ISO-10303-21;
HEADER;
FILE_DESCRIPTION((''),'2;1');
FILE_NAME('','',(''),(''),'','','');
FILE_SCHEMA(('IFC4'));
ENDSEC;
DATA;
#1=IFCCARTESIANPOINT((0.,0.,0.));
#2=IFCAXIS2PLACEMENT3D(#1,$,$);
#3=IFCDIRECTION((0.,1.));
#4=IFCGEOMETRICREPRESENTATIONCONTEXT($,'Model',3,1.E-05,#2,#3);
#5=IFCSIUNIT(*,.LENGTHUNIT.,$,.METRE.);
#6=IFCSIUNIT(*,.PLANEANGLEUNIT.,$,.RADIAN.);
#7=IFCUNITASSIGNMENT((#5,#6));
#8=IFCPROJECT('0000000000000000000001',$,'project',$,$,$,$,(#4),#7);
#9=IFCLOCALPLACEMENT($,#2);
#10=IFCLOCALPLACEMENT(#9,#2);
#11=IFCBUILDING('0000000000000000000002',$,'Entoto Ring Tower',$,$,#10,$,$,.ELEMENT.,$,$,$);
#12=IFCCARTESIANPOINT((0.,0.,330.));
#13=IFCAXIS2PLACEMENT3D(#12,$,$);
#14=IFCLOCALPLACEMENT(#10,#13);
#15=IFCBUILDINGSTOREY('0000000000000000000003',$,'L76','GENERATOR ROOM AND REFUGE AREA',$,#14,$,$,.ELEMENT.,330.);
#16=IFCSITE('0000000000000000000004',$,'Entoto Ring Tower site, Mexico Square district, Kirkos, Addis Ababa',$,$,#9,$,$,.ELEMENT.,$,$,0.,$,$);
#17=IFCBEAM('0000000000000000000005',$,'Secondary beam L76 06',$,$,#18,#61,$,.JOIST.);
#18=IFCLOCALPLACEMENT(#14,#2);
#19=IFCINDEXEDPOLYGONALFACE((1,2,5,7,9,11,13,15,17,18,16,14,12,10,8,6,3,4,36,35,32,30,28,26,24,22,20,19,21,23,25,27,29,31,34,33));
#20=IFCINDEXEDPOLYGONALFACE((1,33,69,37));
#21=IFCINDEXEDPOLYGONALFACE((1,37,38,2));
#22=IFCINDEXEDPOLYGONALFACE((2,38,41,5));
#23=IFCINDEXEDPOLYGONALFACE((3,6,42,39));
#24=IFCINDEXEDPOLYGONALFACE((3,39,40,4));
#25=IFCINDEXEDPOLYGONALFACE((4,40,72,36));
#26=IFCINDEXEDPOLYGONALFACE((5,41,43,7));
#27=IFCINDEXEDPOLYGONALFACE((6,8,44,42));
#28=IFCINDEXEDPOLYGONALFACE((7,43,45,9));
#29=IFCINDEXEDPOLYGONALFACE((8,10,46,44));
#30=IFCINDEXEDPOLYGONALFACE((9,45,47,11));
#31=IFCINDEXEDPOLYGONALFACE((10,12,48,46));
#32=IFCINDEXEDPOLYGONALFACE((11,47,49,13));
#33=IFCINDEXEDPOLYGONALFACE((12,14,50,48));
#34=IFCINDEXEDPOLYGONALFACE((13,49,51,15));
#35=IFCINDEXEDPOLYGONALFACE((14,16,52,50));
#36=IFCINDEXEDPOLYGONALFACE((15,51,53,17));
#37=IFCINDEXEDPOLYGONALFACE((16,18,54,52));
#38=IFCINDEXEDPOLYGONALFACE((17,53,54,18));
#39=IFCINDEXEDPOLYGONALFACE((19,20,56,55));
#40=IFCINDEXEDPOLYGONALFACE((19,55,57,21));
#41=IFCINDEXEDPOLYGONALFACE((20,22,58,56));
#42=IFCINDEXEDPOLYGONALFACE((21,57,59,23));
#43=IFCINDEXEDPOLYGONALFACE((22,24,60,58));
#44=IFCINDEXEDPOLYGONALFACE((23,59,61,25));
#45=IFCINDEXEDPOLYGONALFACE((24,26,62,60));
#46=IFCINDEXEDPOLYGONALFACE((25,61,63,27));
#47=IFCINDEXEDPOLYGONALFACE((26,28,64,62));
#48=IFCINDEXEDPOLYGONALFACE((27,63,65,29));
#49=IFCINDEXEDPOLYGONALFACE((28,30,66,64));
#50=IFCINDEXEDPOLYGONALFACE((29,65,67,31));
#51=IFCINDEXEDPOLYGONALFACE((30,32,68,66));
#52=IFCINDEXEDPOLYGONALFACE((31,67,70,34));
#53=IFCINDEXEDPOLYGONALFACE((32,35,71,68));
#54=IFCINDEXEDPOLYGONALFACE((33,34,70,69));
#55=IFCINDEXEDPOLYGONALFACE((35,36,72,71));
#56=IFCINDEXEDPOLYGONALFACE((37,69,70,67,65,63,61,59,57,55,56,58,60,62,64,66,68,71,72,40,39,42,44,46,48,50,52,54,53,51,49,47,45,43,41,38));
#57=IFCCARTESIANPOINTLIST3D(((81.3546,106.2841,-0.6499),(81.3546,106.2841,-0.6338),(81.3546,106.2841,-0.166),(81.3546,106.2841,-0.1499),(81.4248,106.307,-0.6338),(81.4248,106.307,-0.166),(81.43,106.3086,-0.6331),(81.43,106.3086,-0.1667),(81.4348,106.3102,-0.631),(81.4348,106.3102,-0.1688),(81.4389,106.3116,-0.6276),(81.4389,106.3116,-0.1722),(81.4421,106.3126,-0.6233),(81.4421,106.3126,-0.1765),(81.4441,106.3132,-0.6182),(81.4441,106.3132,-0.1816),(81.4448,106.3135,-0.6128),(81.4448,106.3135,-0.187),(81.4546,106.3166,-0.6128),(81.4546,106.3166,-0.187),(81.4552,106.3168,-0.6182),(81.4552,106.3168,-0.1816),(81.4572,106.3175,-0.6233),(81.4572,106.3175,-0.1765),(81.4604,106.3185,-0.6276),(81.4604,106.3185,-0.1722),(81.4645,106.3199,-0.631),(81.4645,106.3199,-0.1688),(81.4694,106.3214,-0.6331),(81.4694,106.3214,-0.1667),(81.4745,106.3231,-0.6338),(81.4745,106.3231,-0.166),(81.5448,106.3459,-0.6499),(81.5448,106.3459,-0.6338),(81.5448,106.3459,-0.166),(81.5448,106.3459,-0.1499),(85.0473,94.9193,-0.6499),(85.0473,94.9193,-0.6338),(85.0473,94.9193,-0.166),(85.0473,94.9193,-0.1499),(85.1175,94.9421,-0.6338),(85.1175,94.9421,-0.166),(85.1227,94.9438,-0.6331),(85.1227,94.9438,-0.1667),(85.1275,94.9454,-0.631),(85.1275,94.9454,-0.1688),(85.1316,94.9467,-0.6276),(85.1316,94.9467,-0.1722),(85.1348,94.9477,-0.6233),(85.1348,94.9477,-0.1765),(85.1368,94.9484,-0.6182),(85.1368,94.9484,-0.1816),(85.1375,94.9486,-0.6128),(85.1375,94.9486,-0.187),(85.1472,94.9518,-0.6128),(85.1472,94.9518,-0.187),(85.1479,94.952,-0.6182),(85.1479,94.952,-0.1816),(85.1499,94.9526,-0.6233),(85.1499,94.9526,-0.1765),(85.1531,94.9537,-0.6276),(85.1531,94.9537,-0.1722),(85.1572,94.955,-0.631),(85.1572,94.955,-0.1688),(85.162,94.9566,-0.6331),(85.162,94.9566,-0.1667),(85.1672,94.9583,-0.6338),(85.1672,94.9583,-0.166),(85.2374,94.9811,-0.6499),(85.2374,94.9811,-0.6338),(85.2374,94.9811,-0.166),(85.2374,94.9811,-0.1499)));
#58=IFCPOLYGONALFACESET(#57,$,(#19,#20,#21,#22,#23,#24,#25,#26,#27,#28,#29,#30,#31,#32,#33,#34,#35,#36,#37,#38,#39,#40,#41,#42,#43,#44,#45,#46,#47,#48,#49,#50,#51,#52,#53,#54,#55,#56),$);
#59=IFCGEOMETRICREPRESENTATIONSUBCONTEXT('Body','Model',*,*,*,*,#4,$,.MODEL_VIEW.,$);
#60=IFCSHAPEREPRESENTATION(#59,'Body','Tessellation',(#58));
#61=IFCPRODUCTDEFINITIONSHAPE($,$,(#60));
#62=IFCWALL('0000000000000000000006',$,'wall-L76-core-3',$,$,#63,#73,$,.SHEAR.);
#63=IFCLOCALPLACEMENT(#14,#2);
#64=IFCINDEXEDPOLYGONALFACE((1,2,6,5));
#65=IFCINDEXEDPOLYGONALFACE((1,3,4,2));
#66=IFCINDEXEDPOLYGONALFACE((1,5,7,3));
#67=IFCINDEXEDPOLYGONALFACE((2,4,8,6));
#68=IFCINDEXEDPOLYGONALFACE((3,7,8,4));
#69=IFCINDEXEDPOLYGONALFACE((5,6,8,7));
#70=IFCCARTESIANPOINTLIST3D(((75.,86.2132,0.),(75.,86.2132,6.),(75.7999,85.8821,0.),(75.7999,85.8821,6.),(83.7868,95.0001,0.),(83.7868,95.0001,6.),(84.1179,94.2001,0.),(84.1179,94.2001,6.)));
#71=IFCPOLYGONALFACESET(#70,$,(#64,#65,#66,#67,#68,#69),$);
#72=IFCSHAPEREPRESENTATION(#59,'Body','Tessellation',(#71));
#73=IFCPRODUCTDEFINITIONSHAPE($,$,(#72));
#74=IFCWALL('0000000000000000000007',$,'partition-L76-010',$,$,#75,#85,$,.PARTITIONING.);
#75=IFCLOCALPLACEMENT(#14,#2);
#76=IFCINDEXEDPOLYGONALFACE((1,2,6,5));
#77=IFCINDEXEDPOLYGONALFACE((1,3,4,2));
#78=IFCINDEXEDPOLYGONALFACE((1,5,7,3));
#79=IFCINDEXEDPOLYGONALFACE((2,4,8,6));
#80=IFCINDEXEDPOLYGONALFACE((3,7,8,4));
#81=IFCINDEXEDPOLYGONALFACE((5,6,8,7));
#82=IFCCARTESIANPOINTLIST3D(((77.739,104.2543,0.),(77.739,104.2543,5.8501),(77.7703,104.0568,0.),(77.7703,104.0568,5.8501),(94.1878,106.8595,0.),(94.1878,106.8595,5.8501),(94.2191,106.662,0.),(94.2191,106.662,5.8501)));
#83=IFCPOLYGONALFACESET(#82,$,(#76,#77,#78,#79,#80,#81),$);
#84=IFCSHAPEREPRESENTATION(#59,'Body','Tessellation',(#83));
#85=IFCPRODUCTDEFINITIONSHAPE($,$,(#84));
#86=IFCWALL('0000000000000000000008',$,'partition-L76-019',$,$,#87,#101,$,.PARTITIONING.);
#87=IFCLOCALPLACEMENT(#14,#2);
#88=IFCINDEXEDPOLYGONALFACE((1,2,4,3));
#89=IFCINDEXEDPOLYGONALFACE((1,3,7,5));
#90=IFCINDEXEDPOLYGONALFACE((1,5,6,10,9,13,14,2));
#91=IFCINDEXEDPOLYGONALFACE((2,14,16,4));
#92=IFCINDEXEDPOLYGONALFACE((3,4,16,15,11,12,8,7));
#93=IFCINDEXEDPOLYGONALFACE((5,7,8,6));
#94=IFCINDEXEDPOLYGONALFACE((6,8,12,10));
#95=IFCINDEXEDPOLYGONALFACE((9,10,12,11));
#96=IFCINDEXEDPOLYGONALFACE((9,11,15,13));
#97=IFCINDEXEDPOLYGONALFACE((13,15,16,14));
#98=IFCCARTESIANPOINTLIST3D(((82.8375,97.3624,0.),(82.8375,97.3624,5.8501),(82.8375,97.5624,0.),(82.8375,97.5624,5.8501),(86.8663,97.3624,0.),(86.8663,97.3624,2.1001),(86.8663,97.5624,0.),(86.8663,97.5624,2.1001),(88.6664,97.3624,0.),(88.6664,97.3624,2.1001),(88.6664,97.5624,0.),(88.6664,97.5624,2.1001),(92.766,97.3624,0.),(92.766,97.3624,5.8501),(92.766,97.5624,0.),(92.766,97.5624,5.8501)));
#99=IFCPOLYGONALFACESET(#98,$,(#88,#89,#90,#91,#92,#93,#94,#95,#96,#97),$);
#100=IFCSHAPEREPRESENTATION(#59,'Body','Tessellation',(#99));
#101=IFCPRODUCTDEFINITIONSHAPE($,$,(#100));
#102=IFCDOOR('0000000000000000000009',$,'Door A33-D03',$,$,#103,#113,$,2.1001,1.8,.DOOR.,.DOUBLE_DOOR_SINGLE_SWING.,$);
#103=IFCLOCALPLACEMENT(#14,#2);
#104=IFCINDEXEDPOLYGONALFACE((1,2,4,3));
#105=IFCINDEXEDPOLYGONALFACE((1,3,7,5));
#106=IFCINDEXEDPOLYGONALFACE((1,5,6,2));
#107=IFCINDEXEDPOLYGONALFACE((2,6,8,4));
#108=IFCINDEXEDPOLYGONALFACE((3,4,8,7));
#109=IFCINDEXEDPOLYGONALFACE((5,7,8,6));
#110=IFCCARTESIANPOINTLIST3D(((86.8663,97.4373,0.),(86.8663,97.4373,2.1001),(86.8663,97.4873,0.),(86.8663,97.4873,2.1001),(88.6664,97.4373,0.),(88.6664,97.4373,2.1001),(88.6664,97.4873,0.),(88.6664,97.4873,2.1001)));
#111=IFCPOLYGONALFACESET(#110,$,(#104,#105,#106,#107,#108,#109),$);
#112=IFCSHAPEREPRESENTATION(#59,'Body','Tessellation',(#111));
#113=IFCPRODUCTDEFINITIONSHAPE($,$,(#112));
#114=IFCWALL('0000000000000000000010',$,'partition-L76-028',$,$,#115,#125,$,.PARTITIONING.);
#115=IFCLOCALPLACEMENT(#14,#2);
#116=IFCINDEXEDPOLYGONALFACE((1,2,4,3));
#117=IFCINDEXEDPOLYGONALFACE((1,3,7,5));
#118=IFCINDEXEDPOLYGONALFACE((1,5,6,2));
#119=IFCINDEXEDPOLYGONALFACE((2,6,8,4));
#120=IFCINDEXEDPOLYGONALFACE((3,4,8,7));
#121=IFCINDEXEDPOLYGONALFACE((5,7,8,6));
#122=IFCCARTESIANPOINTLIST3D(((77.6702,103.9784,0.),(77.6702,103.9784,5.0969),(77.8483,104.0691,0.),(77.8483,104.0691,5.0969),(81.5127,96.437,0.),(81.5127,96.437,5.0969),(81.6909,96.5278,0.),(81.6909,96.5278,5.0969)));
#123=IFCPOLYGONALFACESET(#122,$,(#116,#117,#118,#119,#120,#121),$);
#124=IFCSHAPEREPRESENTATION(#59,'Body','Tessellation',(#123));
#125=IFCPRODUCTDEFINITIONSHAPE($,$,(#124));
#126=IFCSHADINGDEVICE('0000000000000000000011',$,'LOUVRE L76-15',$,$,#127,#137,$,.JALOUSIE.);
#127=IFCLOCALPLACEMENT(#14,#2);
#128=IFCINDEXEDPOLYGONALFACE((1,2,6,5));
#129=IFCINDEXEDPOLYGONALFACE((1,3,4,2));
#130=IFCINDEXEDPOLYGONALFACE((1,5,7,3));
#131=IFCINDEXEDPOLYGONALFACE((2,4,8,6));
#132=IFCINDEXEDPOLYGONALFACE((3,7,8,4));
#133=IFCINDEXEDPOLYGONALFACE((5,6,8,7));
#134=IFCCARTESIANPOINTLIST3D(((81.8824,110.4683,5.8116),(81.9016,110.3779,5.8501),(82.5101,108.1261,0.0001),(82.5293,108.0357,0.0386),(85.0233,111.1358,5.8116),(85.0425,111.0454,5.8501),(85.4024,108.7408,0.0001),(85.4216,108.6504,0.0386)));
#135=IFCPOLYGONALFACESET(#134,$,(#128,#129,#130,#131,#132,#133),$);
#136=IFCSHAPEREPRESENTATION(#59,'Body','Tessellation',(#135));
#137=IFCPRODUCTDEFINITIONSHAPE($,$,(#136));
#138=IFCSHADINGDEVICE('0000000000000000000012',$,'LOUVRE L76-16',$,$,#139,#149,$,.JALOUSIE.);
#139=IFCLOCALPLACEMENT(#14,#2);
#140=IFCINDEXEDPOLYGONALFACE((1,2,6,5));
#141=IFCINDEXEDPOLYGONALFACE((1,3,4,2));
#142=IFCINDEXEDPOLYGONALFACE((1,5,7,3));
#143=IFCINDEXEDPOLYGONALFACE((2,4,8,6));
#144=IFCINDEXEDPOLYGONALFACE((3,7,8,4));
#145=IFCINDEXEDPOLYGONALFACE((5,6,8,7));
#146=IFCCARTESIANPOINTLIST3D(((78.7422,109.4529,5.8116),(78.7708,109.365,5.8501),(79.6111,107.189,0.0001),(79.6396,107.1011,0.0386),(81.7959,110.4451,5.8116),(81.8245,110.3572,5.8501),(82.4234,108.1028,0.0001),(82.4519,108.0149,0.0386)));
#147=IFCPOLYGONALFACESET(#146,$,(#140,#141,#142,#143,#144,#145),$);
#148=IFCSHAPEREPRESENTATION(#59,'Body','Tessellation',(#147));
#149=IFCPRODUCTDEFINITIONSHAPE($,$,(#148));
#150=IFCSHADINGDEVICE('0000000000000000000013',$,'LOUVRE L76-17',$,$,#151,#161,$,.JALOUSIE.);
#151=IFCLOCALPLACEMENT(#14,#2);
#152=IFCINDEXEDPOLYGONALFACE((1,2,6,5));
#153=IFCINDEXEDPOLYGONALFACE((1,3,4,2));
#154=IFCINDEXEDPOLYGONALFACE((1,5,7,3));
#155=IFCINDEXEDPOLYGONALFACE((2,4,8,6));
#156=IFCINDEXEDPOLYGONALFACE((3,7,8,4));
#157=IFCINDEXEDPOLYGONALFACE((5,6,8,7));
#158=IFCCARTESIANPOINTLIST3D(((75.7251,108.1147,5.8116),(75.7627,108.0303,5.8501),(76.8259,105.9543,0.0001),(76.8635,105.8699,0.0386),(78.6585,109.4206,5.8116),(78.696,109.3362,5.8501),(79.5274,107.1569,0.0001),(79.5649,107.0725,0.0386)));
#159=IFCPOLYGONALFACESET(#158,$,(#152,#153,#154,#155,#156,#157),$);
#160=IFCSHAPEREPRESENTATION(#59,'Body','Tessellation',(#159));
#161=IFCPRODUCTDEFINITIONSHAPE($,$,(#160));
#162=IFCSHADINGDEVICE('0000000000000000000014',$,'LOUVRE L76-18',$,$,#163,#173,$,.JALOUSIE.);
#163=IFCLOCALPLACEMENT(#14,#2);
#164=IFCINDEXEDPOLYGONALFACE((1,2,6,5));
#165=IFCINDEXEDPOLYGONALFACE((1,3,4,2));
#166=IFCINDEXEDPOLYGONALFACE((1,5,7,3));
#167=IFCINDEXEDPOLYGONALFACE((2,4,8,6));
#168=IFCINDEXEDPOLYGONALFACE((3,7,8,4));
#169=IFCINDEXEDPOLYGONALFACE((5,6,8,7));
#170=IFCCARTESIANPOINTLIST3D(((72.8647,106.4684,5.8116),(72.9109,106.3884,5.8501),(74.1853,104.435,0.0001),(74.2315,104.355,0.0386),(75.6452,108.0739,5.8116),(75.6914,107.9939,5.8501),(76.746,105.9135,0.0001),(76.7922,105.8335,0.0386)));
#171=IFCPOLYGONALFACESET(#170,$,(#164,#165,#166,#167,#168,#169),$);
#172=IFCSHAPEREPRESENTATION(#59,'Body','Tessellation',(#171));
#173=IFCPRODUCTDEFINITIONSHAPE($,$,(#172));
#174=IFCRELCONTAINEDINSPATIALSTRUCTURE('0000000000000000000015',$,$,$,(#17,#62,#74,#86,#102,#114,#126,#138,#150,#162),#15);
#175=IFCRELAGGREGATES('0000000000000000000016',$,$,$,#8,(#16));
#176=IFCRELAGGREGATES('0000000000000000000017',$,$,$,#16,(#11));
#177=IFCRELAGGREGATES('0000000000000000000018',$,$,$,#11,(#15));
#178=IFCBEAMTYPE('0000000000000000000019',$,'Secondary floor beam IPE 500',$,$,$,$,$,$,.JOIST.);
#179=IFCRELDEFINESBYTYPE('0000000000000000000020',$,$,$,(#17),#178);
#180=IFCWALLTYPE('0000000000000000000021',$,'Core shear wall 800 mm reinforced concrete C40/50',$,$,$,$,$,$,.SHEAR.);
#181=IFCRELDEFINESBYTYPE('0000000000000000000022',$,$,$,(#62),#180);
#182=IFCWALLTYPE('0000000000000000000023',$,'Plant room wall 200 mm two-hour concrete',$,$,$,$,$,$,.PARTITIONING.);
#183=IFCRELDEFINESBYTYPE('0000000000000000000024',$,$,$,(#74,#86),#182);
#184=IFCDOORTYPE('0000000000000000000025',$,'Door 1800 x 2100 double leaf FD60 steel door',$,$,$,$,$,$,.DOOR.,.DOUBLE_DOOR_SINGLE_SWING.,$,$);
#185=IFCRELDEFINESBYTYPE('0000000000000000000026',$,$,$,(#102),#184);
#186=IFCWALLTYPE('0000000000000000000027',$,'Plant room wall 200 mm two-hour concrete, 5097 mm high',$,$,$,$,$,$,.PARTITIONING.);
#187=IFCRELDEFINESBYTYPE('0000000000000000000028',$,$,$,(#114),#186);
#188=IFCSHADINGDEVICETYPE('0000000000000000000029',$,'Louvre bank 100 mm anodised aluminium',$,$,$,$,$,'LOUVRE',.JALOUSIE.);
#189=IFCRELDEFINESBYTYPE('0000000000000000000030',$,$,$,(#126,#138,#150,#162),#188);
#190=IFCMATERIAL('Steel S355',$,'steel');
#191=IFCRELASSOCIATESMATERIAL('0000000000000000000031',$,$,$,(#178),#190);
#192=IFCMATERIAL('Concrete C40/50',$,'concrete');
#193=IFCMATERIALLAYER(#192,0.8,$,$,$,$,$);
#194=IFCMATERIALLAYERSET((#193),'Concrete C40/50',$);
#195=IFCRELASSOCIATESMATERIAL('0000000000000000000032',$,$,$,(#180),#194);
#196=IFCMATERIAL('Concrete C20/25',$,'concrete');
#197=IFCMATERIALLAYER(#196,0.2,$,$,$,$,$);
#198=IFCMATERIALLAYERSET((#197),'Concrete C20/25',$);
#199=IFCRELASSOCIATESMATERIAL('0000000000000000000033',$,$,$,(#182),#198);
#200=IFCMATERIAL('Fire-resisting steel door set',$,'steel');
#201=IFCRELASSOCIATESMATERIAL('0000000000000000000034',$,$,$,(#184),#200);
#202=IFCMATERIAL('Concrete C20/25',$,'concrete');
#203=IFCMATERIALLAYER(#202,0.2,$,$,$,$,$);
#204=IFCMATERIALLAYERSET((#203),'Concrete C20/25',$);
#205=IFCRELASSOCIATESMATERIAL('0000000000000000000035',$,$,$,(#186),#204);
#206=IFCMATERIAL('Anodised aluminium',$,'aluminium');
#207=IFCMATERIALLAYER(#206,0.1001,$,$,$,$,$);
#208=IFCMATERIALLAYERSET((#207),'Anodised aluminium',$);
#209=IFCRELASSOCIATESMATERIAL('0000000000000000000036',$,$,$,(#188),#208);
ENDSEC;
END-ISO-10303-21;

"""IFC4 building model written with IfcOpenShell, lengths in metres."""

from ifc_helpers import new_model, si_unit, direction, frame, frame_2d, origin, origin_2d, place, context, subcontext, project, spatial, polyline, rectangle, i_section, outline, extrude, material, layer, layer_set, material_profile, profile_set, type_object, element, fill, save


model = new_model("IFC4")

# Units and contexts
model_context = context("Model", 3, precision=1e-05, world=origin(), true_north=direction((0.0, 1.0)))
body_context = subcontext(model_context, "Body", "Model", "MODEL_VIEW")
ifc_project = project(units=[si_unit("LENGTHUNIT", "METRE"), si_unit("PLANEANGLEUNIT", "RADIAN")], contexts=[model_context])

# Site, building, storey
site_placement = place(None, origin())
site = spatial("IfcSite", under=ifc_project, at=site_placement, Name="Entoto Ring Tower site, Mexico Square district, Kirkos, Addis Ababa", CompositionType="ELEMENT", RefElevation=0.0)
building_placement = place(site_placement, origin())
building = spatial("IfcBuilding", under=site, at=building_placement, Name="Entoto Ring Tower", CompositionType="ELEMENT")
storey_placement = place(building_placement, frame((0.0, 0.0, 330.0)))
storey = spatial("IfcBuildingStorey", under=building, at=storey_placement, Name="L76", Description="GENERATOR ROOM AND REFUGE AREA", CompositionType="ELEMENT", Elevation=330.0)

# Beam
ifc_material_1 = material(Name="Steel S355", Category="steel")
ifc_material_profile_1 = material_profile(ifc_material_1, i_section(OverallWidth=0.2, OverallDepth=0.5, WebThickness=0.0103, FlangeThickness=0.0161, FilletRadius=0.021, at=origin_2d()), Name="IPE 500")
ifc_profile_set_1 = profile_set([ifc_material_profile_1], Name="Steel S355")
beam_type_1 = type_object("IfcBeamType", Name="Secondary floor beam IPE 500", PredefinedType="JOIST", material=ifc_profile_set_1)
beam_1_placement = place(storey_placement, frame((85.1423, 94.9502, -0.3999), z_axis=(-0.309017, 0.951057, 0.0), x_axis=(-0.951057, -0.309017, 0.0)))
element("IfcBeam", 1, at=beam_1_placement, inside=storey, type_object=beam_type_1, Name="Secondary beam L76 06", PredefinedType="JOIST", context=body_context, shape_type="SweptSolid", body=[
    extrude(i_section(OverallWidth=0.2, OverallDepth=0.5, WebThickness=0.0103, FlangeThickness=0.0161, FilletRadius=0.021, at=origin_2d()), origin(), (0.0, 0.0, 1.0), 11.9497),
])

# Walls
ifc_material_2 = material(Name="Concrete C40/50", Category="concrete")
ifc_layer_1 = layer(ifc_material_2, 0.8)
ifc_layer_set_1 = layer_set([ifc_layer_1], Name="Concrete C40/50")
wall_type_1 = type_object("IfcWallType", Name="Core shear wall 800 mm reinforced concrete C40/50", PredefinedType="SHEAR", material=ifc_layer_set_1)
wall_1_placement = place(storey_placement, frame((83.9524, 94.6001, 0.0), z_axis=(0.0, 0.0, 1.0), x_axis=(-0.707107, -0.707107, 0.0)))
element("IfcWall", 2, at=wall_1_placement, inside=storey, type_object=wall_type_1, Name="wall-L76-core-3", PredefinedType="SHEAR", context=body_context, shape_type="SweptSolid", body=[
    extrude(outline(polyline([(-0.1658, -0.3999), (12.2607, -0.3999), (11.9292, 0.3999), (0.1658, 0.3999), (-0.1658, -0.3999)])), origin(), (0.0, 0.0, 1.0), 6.0),
])
ifc_material_3 = material(Name="Concrete C20/25", Category="concrete")
ifc_layer_2 = layer(ifc_material_3, 0.2)
ifc_layer_set_2 = layer_set([ifc_layer_2], Name="Concrete C20/25")
wall_type_2 = type_object("IfcWallType", Name="Plant room wall 200 mm two-hour concrete", PredefinedType="PARTITIONING", material=ifc_layer_set_2)
wall_2_placement = place(storey_placement, frame((77.7546, 104.1555, 0.0), z_axis=(0.0, 0.0, 1.0), x_axis=(0.987688, 0.156435, 0.0)))
element("IfcWall", 3, at=wall_2_placement, inside=storey, type_object=wall_type_2, Name="partition-L76-010", PredefinedType="PARTITIONING", context=body_context, shape_type="SweptSolid", body=[
    extrude(rectangle(XDim=16.6538, YDim=0.2, at=frame_2d((8.3269, 0.0))), origin(), (0.0, 0.0, 1.0), 5.8501),
])

# Wall, opening, door
wall_3_placement = place(storey_placement, frame((82.8374, 97.4624, 0.0), z_axis=(0.0, 0.0, 1.0), x_axis=(1.0, 0.0, 0.0)))
wall_3 = element("IfcWall", 4, at=wall_3_placement, inside=storey, type_object=wall_type_2, Name="partition-L76-019", PredefinedType="PARTITIONING", context=body_context, shape_type="SweptSolid", body=[
    extrude(rectangle(XDim=9.9285, YDim=0.2, at=frame_2d((4.9644, 0.0))), origin(), (0.0, 0.0, 1.0), 5.8501),
])
opening_placement = place(wall_3_placement, frame((4.0291, 0.0, 0.0)))
opening = element("IfcOpeningElement", 5, at=opening_placement, cuts=wall_3, PredefinedType="OPENING", context=body_context, shape_type="SweptSolid", body=[
    extrude(rectangle(XDim=1.8, YDim=2.1001, at=frame_2d((0.8999, 1.05))), frame((0.0, 0.1099, 0.0), z_axis=(0.0, -1.0, 0.0), x_axis=(1.0, 0.0, 0.0)), (0.0, 0.0, 1.0), 0.22),
])
ifc_material_4 = material(Name="Fire-resisting steel door set", Category="steel")
door_type = type_object("IfcDoorType", Name="Door 1800 x 2100 double leaf FD60 steel door", OperationType="DOUBLE_DOOR_SINGLE_SWING", PredefinedType="DOOR", material=ifc_material_4)
door_placement = place(opening_placement, origin())
door = element("IfcDoor", 6, at=door_placement, inside=storey, type_object=door_type, Name="Door A33-D03", OperationType="DOUBLE_DOOR_SINGLE_SWING", OverallHeight=2.1001, OverallWidth=1.8, PredefinedType="DOOR", context=body_context, shape_type="SweptSolid", body=[
    extrude(rectangle(XDim=1.8, YDim=2.1001, at=frame_2d((0.8999, 1.05))), frame((0.0, 0.0249, 0.0), z_axis=(0.0, -1.0, 0.0), x_axis=(1.0, 0.0, 0.0)), (0.0, 0.0, 1.0), 0.05),
])
fill(opening, door)

# Wall
ifc_material_5 = material(Name="Concrete C20/25", Category="concrete")
ifc_layer_3 = layer(ifc_material_5, 0.2)
ifc_layer_set_3 = layer_set([ifc_layer_3], Name="Concrete C20/25")
wall_type_3 = type_object("IfcWallType", Name="Plant room wall 200 mm two-hour concrete, 5097 mm high", PredefinedType="PARTITIONING", material=ifc_layer_set_3)
wall_4_placement = place(storey_placement, frame((81.6018, 96.4824, 0.0), z_axis=(0.0, 0.0, 1.0), x_axis=(-0.453997, 0.891003, 0.0)))
element("IfcWall", 7, at=wall_4_placement, inside=storey, type_object=wall_type_3, Name="partition-L76-028", PredefinedType="PARTITIONING", context=body_context, shape_type="SweptSolid", body=[
    extrude(rectangle(XDim=8.4639, YDim=0.2, at=frame_2d((4.2319, 0.0))), origin(), (0.0, 0.0, 1.0), 5.0969),
])

# Shading devices
ifc_material_6 = material(Name="Anodised aluminium", Category="aluminium")
ifc_layer_4 = layer(ifc_material_6, 0.1001)
ifc_layer_set_4 = layer_set([ifc_layer_4], Name="Anodised aluminium")
shading_device_type = type_object("IfcShadingDeviceType", Name="Louvre bank 100 mm anodised aluminium", ElementType="LOUVRE", PredefinedType="JALOUSIE", material=ifc_layer_set_4)
shading_device_1_placement = place(storey_placement, frame((85.4216, 108.6504, 0.0386), z_axis=(0.191893, -0.902906, 0.384628), x_axis=(-0.978153, -0.207887, -0.000005)))
element("IfcShadingDevice", 8, at=shading_device_1_placement, inside=storey, type_object=shading_device_type, Name="LOUVRE L76-15", PredefinedType="JALOUSIE", context=body_context, shape_type="SweptSolid", body=[
    extrude(outline(polyline([(0.0, 0.0), (2.9569, 0.0), (3.084, -6.2959), (-0.1271, -6.2958), (0.0, 0.0)])), origin(), (0.0, 0.0, -1.0), 0.1001),
])
shading_device_2_placement = place(storey_placement, frame((82.4519, 108.0149, 0.0386), z_axis=(0.28525, -0.877891, 0.38463), x_axis=(-0.951054, -0.309024, -0.000005)))
element("IfcShadingDevice", 9, at=shading_device_2_placement, inside=storey, type_object=shading_device_type, Name="LOUVRE L76-16", PredefinedType="JALOUSIE", context=body_context, shape_type="SweptSolid", body=[
    extrude(outline(polyline([(0.0, 0.0), (2.957, 0.0), (3.0837, -6.2959), (-0.1271, -6.2958), (0.0, 0.0)])), origin(), (0.0, 0.0, -1.0), 0.1001),
])
shading_device_3_placement = place(storey_placement, frame((79.5649, 107.0725, 0.0386), z_axis=(0.375425, -0.843289, 0.384603), x_axis=(-0.913559, -0.406707, 0.000001)))
element("IfcShadingDevice", 10, at=shading_device_3_placement, inside=storey, type_object=shading_device_type, Name="LOUVRE L76-17", PredefinedType="JALOUSIE", context=body_context, shape_type="SweptSolid", body=[
    extrude(outline(polyline([(0.0, 0.0), (2.957, 0.0), (3.0841, -6.2958), (-0.1269, -6.2958), (0.0, 0.0)])), origin(), (0.0, 0.0, -1.0), 0.1001),
])
shading_device_4_placement = place(storey_placement, frame((76.7922, 105.8335, 0.0386), z_axis=(0.461562, -0.799403, 0.384598), x_axis=(-0.866014, -0.50002, 0.000005)))
element("IfcShadingDevice", 11, at=shading_device_4_placement, inside=storey, type_object=shading_device_type, Name="LOUVRE L76-18", PredefinedType="JALOUSIE", context=body_context, shape_type="SweptSolid", body=[
    extrude(outline(polyline([(0.0, 0.0), (2.957, 0.0), (3.0838, -6.2958), (-0.1269, -6.2958), (0.0, 0.0)])), origin(), (0.0, 0.0, -1.0), 0.1001),
])

save(model, "model.ifc")
